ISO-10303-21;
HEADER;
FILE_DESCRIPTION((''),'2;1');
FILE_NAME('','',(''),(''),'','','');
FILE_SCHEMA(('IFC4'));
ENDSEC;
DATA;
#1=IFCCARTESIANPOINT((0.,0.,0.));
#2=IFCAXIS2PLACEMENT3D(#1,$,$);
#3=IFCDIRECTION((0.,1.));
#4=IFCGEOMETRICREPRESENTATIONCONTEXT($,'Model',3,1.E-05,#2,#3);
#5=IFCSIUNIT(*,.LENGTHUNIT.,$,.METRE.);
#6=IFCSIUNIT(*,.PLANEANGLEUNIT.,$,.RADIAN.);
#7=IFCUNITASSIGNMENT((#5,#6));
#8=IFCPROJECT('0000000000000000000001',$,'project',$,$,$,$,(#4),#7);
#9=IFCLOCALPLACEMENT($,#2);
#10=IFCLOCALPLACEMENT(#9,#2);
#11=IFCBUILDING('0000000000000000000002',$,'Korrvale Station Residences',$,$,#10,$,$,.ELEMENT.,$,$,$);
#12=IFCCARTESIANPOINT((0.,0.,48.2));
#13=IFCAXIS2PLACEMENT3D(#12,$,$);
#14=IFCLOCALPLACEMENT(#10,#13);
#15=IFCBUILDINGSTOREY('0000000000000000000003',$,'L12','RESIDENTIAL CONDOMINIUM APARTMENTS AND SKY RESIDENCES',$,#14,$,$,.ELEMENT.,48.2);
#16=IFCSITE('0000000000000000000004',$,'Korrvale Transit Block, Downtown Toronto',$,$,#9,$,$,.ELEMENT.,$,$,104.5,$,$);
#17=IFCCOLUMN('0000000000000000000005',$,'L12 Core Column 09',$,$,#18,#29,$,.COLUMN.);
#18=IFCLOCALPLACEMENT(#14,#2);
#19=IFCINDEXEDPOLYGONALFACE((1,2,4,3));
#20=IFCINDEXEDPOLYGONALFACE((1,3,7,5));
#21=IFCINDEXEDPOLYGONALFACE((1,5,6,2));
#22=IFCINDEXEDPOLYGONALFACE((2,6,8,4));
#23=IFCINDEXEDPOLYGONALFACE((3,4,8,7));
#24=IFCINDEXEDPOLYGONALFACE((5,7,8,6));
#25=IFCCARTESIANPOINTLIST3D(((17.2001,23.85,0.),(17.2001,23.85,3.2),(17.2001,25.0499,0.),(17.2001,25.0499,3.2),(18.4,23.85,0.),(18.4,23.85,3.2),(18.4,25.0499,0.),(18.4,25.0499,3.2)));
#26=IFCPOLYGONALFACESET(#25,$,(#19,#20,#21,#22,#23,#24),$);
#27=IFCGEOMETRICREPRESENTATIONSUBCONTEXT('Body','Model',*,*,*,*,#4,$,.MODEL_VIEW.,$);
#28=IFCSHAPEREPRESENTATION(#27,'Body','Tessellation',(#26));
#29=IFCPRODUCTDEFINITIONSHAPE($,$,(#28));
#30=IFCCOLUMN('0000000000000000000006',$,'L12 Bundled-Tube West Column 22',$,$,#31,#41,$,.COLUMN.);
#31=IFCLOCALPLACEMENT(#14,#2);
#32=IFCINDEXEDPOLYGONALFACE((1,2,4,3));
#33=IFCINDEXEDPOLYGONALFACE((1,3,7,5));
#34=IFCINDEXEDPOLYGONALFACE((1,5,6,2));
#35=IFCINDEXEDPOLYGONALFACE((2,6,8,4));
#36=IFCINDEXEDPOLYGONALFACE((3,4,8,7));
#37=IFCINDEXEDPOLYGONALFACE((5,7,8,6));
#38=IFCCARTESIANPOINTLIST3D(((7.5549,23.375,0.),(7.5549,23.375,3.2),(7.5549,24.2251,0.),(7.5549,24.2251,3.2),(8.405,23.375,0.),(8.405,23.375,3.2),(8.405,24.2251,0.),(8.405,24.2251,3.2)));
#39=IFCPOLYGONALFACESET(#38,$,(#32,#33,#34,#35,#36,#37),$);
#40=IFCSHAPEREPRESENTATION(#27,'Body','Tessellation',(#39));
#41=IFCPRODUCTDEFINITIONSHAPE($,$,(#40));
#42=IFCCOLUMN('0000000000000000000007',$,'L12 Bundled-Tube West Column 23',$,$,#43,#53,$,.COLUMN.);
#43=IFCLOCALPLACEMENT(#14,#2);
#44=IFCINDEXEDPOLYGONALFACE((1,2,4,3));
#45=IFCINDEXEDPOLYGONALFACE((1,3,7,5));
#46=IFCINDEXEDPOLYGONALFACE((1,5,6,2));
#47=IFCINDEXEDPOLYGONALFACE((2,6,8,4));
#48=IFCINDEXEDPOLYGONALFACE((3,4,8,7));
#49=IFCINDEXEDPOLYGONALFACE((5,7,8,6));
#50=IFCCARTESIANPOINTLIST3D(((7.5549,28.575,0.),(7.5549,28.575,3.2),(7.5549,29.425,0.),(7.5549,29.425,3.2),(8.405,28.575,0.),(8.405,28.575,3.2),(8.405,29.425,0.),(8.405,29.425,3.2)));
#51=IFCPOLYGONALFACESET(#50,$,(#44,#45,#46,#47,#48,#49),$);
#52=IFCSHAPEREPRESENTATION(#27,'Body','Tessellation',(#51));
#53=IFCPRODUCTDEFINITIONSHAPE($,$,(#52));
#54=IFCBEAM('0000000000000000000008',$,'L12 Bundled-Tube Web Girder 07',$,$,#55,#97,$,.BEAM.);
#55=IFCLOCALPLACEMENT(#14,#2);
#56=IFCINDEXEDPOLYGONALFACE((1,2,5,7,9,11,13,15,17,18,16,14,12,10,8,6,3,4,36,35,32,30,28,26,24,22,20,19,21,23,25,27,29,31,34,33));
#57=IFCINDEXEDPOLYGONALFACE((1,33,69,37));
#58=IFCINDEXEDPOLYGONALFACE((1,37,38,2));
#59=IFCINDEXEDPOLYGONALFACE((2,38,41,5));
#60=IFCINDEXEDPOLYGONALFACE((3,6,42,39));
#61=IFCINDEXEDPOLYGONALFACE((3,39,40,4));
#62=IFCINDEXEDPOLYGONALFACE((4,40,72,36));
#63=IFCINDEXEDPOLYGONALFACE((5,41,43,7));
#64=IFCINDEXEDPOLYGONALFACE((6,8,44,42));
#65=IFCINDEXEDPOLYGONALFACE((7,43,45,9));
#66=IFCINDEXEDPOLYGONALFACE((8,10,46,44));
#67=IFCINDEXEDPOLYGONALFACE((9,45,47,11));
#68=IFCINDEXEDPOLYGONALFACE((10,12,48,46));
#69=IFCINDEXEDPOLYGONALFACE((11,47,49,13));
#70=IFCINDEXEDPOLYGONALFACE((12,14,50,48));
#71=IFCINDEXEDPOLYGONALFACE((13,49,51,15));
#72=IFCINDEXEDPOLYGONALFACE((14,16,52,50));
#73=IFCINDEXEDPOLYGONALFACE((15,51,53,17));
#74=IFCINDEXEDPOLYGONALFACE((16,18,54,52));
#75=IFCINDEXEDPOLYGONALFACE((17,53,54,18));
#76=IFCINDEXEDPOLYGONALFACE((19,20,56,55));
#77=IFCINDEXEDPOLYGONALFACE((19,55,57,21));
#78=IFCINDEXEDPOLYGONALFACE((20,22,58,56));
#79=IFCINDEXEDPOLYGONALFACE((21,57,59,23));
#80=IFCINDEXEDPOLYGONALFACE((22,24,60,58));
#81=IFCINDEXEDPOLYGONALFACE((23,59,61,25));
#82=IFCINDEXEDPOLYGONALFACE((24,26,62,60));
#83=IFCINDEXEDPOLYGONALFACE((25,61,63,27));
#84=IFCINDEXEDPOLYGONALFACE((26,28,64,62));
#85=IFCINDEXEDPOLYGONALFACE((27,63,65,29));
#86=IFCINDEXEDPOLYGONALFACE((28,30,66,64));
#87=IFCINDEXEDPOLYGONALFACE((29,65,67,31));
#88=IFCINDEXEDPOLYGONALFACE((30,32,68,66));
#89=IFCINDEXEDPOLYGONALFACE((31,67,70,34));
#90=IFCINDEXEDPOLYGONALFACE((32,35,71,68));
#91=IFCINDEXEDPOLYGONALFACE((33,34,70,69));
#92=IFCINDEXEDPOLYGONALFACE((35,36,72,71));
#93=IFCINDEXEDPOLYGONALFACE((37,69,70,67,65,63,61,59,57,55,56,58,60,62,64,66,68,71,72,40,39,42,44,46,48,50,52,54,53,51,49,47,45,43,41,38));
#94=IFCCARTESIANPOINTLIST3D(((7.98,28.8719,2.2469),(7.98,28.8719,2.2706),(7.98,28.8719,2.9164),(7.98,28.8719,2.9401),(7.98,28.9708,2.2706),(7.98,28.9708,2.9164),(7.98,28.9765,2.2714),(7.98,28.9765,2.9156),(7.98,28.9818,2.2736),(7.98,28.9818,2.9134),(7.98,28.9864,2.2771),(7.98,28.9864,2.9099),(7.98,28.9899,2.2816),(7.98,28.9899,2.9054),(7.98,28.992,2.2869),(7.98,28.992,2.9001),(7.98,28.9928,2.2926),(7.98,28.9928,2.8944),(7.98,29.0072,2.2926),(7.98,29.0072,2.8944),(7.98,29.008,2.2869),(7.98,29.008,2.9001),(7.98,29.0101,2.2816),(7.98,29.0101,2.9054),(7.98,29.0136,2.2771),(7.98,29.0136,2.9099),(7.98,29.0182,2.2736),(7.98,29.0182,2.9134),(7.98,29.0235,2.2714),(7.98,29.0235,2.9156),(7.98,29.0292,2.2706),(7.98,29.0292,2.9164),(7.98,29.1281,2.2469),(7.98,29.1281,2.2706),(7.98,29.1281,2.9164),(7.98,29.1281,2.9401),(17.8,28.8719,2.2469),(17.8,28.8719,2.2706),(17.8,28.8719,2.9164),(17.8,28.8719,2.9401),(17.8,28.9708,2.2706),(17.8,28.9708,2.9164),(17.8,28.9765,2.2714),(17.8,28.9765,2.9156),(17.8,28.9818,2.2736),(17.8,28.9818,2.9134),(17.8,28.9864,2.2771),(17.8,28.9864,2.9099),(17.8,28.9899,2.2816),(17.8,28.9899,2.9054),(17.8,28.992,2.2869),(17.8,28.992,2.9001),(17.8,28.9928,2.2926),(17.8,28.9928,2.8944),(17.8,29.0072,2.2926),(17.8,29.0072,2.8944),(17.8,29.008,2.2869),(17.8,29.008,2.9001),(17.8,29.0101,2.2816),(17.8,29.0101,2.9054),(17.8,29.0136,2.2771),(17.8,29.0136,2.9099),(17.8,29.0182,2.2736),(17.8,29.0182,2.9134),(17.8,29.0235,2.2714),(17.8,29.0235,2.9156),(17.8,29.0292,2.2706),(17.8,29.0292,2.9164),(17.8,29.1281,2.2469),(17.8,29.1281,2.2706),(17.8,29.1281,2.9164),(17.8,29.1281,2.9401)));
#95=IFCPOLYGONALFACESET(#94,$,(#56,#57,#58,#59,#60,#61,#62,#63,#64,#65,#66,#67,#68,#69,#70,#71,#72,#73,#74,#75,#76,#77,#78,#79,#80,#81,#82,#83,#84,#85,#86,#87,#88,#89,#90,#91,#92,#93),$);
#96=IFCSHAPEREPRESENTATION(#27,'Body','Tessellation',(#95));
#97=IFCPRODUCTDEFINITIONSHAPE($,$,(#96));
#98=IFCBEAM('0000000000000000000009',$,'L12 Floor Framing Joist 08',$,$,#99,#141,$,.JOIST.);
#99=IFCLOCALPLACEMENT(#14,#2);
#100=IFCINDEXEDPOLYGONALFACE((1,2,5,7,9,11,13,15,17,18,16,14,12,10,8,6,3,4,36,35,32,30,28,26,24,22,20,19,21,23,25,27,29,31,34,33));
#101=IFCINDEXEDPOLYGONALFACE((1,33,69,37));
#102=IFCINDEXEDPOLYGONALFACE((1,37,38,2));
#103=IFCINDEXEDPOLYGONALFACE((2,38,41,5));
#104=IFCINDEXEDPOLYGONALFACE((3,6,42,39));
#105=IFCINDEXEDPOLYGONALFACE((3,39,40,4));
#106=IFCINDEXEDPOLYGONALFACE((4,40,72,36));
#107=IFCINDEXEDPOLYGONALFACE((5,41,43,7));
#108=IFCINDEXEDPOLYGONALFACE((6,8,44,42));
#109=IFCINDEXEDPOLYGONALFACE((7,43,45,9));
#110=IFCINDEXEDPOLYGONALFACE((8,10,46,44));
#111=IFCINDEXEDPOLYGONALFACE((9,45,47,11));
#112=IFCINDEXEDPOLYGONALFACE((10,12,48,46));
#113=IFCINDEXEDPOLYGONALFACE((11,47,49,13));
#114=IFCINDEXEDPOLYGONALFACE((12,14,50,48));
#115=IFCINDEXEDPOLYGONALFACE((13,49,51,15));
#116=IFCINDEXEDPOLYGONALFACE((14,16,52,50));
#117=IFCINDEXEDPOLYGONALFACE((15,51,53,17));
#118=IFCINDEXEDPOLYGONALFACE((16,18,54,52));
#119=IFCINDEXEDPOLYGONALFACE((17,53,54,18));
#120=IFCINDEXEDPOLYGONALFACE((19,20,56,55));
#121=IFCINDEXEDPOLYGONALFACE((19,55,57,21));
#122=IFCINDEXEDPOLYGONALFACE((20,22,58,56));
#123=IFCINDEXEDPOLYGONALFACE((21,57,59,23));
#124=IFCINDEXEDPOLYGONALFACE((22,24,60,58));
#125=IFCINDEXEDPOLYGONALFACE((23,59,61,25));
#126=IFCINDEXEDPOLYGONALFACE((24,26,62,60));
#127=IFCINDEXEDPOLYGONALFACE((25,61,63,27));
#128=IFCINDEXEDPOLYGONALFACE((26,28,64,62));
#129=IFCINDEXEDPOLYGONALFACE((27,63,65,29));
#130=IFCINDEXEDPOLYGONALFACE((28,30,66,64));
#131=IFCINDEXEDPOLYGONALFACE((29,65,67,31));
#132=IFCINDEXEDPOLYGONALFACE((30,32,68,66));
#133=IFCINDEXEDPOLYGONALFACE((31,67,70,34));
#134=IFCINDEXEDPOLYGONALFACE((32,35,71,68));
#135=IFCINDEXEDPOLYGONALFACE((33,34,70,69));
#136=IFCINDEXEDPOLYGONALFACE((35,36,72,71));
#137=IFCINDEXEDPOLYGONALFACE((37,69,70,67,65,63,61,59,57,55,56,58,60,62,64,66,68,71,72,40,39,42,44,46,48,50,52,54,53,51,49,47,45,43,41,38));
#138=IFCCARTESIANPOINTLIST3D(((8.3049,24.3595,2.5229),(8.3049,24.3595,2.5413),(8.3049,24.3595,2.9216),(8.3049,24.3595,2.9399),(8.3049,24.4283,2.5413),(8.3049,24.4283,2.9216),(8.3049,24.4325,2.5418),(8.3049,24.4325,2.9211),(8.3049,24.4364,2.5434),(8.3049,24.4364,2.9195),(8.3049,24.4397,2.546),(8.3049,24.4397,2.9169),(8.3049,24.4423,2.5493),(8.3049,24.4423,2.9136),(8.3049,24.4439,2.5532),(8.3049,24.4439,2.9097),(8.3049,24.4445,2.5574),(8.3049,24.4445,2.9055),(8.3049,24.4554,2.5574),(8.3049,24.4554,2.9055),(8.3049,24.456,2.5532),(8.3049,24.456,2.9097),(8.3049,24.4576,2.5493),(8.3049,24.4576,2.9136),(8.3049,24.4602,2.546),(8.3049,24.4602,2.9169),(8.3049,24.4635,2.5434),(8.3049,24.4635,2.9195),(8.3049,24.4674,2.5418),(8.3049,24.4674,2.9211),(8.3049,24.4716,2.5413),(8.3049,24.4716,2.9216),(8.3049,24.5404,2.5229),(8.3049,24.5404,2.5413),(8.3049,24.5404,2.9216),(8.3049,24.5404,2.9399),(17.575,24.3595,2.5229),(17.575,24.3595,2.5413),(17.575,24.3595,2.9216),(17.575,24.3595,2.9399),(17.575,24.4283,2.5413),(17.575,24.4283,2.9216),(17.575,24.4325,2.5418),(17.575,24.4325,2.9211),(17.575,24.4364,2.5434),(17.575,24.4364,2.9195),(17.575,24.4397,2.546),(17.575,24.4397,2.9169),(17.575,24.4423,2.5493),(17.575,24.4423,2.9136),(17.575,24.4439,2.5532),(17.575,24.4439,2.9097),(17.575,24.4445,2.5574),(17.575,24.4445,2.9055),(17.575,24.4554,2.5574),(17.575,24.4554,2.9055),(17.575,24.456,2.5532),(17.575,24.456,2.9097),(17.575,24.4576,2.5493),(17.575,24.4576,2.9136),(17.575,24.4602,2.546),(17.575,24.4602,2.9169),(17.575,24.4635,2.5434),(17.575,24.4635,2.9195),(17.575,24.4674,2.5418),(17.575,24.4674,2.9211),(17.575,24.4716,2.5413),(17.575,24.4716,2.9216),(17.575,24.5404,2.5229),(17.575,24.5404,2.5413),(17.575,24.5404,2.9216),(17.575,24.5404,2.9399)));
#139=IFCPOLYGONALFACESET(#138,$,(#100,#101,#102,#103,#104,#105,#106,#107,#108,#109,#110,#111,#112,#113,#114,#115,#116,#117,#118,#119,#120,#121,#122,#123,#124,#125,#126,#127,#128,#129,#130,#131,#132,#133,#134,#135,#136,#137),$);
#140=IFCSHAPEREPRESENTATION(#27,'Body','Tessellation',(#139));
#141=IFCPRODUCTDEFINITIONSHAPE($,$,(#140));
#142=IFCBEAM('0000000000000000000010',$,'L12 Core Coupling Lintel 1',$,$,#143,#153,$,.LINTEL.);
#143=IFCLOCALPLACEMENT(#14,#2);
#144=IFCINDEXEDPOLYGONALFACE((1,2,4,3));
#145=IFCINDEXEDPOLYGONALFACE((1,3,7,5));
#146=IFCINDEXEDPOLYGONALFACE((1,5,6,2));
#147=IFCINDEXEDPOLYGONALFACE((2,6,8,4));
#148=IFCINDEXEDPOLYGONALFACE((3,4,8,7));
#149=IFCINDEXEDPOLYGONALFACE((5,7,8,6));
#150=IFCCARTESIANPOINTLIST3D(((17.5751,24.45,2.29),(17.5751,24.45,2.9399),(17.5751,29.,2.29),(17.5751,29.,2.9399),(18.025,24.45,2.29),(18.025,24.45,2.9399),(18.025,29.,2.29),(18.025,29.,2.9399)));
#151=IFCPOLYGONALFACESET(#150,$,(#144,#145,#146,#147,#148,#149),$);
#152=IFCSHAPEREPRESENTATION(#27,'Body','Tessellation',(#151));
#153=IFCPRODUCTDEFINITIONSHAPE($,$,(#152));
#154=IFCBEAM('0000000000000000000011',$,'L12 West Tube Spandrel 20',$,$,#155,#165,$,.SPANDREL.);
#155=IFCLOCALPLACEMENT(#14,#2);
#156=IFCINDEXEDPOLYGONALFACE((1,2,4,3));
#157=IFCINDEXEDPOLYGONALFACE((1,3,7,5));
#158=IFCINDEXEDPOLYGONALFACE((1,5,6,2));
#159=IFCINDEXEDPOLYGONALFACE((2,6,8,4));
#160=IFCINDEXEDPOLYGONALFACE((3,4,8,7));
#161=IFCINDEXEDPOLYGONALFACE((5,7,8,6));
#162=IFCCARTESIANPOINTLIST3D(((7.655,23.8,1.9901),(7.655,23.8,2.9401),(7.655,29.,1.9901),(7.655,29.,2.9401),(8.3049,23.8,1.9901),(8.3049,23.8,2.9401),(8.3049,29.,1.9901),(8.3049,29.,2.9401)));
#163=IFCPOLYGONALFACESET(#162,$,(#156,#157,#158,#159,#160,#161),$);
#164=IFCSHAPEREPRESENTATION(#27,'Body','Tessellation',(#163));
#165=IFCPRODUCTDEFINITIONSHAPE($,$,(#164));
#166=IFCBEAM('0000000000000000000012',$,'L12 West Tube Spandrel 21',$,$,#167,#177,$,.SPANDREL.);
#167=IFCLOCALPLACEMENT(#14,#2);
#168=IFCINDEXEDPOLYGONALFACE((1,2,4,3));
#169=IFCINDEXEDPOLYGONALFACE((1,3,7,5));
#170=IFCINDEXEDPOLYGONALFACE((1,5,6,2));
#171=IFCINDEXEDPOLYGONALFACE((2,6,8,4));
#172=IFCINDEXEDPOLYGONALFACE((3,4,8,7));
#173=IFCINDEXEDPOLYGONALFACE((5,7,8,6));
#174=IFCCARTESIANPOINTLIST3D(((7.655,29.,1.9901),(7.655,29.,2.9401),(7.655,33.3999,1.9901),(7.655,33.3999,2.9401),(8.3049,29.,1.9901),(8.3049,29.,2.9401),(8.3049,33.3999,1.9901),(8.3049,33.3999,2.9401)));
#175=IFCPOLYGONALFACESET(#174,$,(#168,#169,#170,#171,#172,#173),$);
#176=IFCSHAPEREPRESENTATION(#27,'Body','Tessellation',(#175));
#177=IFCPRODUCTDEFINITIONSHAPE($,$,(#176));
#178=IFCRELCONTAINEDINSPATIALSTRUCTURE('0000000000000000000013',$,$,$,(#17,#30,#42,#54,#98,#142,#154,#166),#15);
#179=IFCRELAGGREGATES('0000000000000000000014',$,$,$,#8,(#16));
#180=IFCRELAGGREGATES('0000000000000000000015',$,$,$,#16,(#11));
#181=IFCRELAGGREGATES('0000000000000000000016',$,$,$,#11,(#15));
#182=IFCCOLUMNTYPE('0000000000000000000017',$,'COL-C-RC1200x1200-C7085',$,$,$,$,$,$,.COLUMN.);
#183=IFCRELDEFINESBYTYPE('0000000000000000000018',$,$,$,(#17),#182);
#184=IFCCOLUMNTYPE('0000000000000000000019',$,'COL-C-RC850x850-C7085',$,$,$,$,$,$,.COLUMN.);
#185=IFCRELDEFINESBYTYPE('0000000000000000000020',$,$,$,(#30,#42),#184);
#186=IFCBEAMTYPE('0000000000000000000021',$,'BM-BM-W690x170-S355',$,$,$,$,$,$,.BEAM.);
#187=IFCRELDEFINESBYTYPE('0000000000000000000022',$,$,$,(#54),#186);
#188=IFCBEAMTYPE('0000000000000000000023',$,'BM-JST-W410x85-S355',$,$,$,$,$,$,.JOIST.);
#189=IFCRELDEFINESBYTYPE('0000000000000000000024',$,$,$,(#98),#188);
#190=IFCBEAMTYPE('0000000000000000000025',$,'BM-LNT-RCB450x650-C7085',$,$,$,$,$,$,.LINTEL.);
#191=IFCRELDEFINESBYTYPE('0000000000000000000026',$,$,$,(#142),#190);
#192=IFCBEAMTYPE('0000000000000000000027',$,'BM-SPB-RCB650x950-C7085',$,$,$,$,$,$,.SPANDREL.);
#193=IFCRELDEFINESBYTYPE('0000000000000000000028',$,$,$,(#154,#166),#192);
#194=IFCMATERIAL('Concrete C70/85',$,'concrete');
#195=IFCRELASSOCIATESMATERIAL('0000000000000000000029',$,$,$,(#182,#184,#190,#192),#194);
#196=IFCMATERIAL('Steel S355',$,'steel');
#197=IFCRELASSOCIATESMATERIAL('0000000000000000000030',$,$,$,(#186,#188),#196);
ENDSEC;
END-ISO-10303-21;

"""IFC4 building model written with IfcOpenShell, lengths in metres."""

from ifc_helpers import new_model, si_unit, direction, frame, origin, origin_2d, place, context, subcontext, project, spatial, rectangle, i_section, extrude, material, material_profile, profile_set, type_object, element, save


model = new_model("IFC4")

# Units and contexts
model_context = context("Model", 3, precision=1e-05, world=origin(), true_north=direction((0.0, 1.0)))
body_context = subcontext(model_context, "Body", "Model", "MODEL_VIEW")
ifc_project = project(units=[si_unit("LENGTHUNIT", "METRE"), si_unit("PLANEANGLEUNIT", "RADIAN")], contexts=[model_context])

# Site, building, storey
site_placement = place(None, origin())
site = spatial("IfcSite", under=ifc_project, at=site_placement, Name="Korrvale Transit Block, Downtown Toronto", CompositionType="ELEMENT", RefElevation=104.5)
building_placement = place(site_placement, origin())
building = spatial("IfcBuilding", under=site, at=building_placement, Name="Korrvale Station Residences", CompositionType="ELEMENT")
storey_placement = place(building_placement, frame((0.0, 0.0, 48.2)))
storey = spatial("IfcBuildingStorey", under=building, at=storey_placement, Name="L12", Description="RESIDENTIAL CONDOMINIUM APARTMENTS AND SKY RESIDENCES", CompositionType="ELEMENT", Elevation=48.2)

# Columns
ifc_material_1 = material(Name="Concrete C70/85", Category="concrete")
ifc_material_profile_1 = material_profile(ifc_material_1, rectangle(XDim=1.2, YDim=1.2, at=origin_2d()), Name="RC1200x1200")
ifc_profile_set_1 = profile_set([ifc_material_profile_1], Name="Concrete C70/85")
column_type_1 = type_object("IfcColumnType", Name="COL-C-RC1200x1200-C7085", PredefinedType="COLUMN", material=ifc_profile_set_1)
column_placement = place(storey_placement, frame((17.8, 24.45, 0.0), z_axis=(0.0, 0.0, 1.0), x_axis=(1.0, 0.0, 0.0)))
element("IfcColumn", 1, at=column_placement, inside=storey, type_object=column_type_1, Name="L12 Core Column 09", PredefinedType="COLUMN", context=body_context, shape_type="SweptSolid", body=[
    extrude(rectangle(XDim=1.2, YDim=1.2, at=origin_2d()), origin(), (0.0, 0.0, 1.0), 3.2),
])
ifc_material_profile_2 = material_profile(ifc_material_1, rectangle(XDim=0.8501, YDim=0.8501, at=origin_2d()), Name="RC850x850")
ifc_profile_set_2 = profile_set([ifc_material_profile_2], Name="Concrete C70/85")
column_type_2 = type_object("IfcColumnType", Name="COL-C-RC850x850-C7085", PredefinedType="COLUMN", material=ifc_profile_set_2)
for number, where, z_axis, x_axis, name in (
    (2, (7.98, 23.8, 0.0), (0.0, 0.0, 1.0), (1.0, 0.0, 0.0), "L12 Bundled-Tube West Column 22"),
    (3, (7.98, 29.0, 0.0), (0.0, 0.0, 1.0), (1.0, 0.0, 0.0), "L12 Bundled-Tube West Column 23"),
):
    element("IfcColumn", number, at=place(storey_placement, frame(where, z_axis=z_axis, x_axis=x_axis)), inside=storey, type_object=column_type_2, Name=name, PredefinedType="COLUMN", context=body_context, shape_type="SweptSolid", body=[
        extrude(rectangle(XDim=0.8501, YDim=0.8501, at=origin_2d()), origin(), (0.0, 0.0, 1.0), 3.2),
    ])

# Beams
ifc_material_2 = material(Name="Steel S355", Category="steel")
ifc_material_profile_3 = material_profile(ifc_material_2, i_section(OverallWidth=0.2561, OverallDepth=0.6931, WebThickness=0.0144, FlangeThickness=0.0237, FilletRadius=0.022, at=origin_2d()), Name="W690x170")
ifc_profile_set_3 = profile_set([ifc_material_profile_3], Name="Steel S355")
beam_type_1 = type_object("IfcBeamType", Name="BM-BM-W690x170-S355", PredefinedType="BEAM", material=ifc_profile_set_3)
beam_1_placement = place(storey_placement, frame((7.98, 29.0, 2.5935), z_axis=(1.0, 0.0, 0.0), x_axis=(0.0, 1.0, 0.0)))
element("IfcBeam", 4, at=beam_1_placement, inside=storey, type_object=beam_type_1, Name="L12 Bundled-Tube Web Girder 07", PredefinedType="BEAM", context=body_context, shape_type="SweptSolid", body=[
    extrude(i_section(OverallWidth=0.2561, OverallDepth=0.6931, WebThickness=0.0144, FlangeThickness=0.0237, FilletRadius=0.022, at=origin_2d()), origin(), (0.0, 0.0, 1.0), 9.8201),
])
ifc_material_profile_4 = material_profile(ifc_material_2, i_section(OverallWidth=0.1809, OverallDepth=0.417, WebThickness=0.011, FlangeThickness=0.0183, FilletRadius=0.0161, at=origin_2d()), Name="W410x85")
ifc_profile_set_4 = profile_set([ifc_material_profile_4], Name="Steel S355")
beam_type_2 = type_object("IfcBeamType", Name="BM-JST-W410x85-S355", PredefinedType="JOIST", material=ifc_profile_set_4)
beam_2_placement = place(storey_placement, frame((8.3049, 24.45, 2.7314), z_axis=(1.0, 0.0, 0.0), x_axis=(0.0, 1.0, 0.0)))
element("IfcBeam", 5, at=beam_2_placement, inside=storey, type_object=beam_type_2, Name="L12 Floor Framing Joist 08", PredefinedType="JOIST", context=body_context, shape_type="SweptSolid", body=[
    extrude(i_section(OverallWidth=0.1809, OverallDepth=0.417, WebThickness=0.011, FlangeThickness=0.0183, FilletRadius=0.0161, at=origin_2d()), origin(), (0.0, 0.0, 1.0), 9.27),
])
ifc_material_profile_5 = material_profile(ifc_material_1, rectangle(XDim=0.45, YDim=0.6499, at=origin_2d()), Name="RCB450x650")
ifc_profile_set_5 = profile_set([ifc_material_profile_5], Name="Concrete C70/85")
beam_type_3 = type_object("IfcBeamType", Name="BM-LNT-RCB450x650-C7085", PredefinedType="LINTEL", material=ifc_profile_set_5)
beam_3_placement = place(storey_placement, frame((17.8, 24.45, 2.615), z_axis=(0.0, 1.0, 0.0), x_axis=(-1.0, 0.0, 0.0)))
element("IfcBeam", 6, at=beam_3_placement, inside=storey, type_object=beam_type_3, Name="L12 Core Coupling Lintel 1", PredefinedType="LINTEL", context=body_context, shape_type="SweptSolid", body=[
    extrude(rectangle(XDim=0.45, YDim=0.6499, at=origin_2d()), origin(), (0.0, 0.0, 1.0), 4.55),
])
ifc_material_profile_6 = material_profile(ifc_material_1, rectangle(XDim=0.6499, YDim=0.95, at=origin_2d()), Name="RCB650x950")
ifc_profile_set_6 = profile_set([ifc_material_profile_6], Name="Concrete C70/85")
beam_type_4 = type_object("IfcBeamType", Name="BM-SPB-RCB650x950-C7085", PredefinedType="SPANDREL", material=ifc_profile_set_6)
beam_4_placement = place(storey_placement, frame((7.98, 23.8, 2.4651), z_axis=(0.0, 1.0, 0.0), x_axis=(-1.0, 0.0, 0.0)))
element("IfcBeam", 7, at=beam_4_placement, inside=storey, type_object=beam_type_4, Name="L12 West Tube Spandrel 20", PredefinedType="SPANDREL", context=body_context, shape_type="SweptSolid", body=[
    extrude(rectangle(XDim=0.6499, YDim=0.95, at=origin_2d()), origin(), (0.0, 0.0, 1.0), 5.2),
])
beam_5_placement = place(storey_placement, frame((7.98, 29.0, 2.4651), z_axis=(0.0, 1.0, 0.0), x_axis=(-1.0, 0.0, 0.0)))
element("IfcBeam", 8, at=beam_5_placement, inside=storey, type_object=beam_type_4, Name="L12 West Tube Spandrel 21", PredefinedType="SPANDREL", context=body_context, shape_type="SweptSolid", body=[
    extrude(rectangle(XDim=0.6499, YDim=0.95, at=origin_2d()), origin(), (0.0, 0.0, 1.0), 4.3999),
])

save(model, "model.ifc")
